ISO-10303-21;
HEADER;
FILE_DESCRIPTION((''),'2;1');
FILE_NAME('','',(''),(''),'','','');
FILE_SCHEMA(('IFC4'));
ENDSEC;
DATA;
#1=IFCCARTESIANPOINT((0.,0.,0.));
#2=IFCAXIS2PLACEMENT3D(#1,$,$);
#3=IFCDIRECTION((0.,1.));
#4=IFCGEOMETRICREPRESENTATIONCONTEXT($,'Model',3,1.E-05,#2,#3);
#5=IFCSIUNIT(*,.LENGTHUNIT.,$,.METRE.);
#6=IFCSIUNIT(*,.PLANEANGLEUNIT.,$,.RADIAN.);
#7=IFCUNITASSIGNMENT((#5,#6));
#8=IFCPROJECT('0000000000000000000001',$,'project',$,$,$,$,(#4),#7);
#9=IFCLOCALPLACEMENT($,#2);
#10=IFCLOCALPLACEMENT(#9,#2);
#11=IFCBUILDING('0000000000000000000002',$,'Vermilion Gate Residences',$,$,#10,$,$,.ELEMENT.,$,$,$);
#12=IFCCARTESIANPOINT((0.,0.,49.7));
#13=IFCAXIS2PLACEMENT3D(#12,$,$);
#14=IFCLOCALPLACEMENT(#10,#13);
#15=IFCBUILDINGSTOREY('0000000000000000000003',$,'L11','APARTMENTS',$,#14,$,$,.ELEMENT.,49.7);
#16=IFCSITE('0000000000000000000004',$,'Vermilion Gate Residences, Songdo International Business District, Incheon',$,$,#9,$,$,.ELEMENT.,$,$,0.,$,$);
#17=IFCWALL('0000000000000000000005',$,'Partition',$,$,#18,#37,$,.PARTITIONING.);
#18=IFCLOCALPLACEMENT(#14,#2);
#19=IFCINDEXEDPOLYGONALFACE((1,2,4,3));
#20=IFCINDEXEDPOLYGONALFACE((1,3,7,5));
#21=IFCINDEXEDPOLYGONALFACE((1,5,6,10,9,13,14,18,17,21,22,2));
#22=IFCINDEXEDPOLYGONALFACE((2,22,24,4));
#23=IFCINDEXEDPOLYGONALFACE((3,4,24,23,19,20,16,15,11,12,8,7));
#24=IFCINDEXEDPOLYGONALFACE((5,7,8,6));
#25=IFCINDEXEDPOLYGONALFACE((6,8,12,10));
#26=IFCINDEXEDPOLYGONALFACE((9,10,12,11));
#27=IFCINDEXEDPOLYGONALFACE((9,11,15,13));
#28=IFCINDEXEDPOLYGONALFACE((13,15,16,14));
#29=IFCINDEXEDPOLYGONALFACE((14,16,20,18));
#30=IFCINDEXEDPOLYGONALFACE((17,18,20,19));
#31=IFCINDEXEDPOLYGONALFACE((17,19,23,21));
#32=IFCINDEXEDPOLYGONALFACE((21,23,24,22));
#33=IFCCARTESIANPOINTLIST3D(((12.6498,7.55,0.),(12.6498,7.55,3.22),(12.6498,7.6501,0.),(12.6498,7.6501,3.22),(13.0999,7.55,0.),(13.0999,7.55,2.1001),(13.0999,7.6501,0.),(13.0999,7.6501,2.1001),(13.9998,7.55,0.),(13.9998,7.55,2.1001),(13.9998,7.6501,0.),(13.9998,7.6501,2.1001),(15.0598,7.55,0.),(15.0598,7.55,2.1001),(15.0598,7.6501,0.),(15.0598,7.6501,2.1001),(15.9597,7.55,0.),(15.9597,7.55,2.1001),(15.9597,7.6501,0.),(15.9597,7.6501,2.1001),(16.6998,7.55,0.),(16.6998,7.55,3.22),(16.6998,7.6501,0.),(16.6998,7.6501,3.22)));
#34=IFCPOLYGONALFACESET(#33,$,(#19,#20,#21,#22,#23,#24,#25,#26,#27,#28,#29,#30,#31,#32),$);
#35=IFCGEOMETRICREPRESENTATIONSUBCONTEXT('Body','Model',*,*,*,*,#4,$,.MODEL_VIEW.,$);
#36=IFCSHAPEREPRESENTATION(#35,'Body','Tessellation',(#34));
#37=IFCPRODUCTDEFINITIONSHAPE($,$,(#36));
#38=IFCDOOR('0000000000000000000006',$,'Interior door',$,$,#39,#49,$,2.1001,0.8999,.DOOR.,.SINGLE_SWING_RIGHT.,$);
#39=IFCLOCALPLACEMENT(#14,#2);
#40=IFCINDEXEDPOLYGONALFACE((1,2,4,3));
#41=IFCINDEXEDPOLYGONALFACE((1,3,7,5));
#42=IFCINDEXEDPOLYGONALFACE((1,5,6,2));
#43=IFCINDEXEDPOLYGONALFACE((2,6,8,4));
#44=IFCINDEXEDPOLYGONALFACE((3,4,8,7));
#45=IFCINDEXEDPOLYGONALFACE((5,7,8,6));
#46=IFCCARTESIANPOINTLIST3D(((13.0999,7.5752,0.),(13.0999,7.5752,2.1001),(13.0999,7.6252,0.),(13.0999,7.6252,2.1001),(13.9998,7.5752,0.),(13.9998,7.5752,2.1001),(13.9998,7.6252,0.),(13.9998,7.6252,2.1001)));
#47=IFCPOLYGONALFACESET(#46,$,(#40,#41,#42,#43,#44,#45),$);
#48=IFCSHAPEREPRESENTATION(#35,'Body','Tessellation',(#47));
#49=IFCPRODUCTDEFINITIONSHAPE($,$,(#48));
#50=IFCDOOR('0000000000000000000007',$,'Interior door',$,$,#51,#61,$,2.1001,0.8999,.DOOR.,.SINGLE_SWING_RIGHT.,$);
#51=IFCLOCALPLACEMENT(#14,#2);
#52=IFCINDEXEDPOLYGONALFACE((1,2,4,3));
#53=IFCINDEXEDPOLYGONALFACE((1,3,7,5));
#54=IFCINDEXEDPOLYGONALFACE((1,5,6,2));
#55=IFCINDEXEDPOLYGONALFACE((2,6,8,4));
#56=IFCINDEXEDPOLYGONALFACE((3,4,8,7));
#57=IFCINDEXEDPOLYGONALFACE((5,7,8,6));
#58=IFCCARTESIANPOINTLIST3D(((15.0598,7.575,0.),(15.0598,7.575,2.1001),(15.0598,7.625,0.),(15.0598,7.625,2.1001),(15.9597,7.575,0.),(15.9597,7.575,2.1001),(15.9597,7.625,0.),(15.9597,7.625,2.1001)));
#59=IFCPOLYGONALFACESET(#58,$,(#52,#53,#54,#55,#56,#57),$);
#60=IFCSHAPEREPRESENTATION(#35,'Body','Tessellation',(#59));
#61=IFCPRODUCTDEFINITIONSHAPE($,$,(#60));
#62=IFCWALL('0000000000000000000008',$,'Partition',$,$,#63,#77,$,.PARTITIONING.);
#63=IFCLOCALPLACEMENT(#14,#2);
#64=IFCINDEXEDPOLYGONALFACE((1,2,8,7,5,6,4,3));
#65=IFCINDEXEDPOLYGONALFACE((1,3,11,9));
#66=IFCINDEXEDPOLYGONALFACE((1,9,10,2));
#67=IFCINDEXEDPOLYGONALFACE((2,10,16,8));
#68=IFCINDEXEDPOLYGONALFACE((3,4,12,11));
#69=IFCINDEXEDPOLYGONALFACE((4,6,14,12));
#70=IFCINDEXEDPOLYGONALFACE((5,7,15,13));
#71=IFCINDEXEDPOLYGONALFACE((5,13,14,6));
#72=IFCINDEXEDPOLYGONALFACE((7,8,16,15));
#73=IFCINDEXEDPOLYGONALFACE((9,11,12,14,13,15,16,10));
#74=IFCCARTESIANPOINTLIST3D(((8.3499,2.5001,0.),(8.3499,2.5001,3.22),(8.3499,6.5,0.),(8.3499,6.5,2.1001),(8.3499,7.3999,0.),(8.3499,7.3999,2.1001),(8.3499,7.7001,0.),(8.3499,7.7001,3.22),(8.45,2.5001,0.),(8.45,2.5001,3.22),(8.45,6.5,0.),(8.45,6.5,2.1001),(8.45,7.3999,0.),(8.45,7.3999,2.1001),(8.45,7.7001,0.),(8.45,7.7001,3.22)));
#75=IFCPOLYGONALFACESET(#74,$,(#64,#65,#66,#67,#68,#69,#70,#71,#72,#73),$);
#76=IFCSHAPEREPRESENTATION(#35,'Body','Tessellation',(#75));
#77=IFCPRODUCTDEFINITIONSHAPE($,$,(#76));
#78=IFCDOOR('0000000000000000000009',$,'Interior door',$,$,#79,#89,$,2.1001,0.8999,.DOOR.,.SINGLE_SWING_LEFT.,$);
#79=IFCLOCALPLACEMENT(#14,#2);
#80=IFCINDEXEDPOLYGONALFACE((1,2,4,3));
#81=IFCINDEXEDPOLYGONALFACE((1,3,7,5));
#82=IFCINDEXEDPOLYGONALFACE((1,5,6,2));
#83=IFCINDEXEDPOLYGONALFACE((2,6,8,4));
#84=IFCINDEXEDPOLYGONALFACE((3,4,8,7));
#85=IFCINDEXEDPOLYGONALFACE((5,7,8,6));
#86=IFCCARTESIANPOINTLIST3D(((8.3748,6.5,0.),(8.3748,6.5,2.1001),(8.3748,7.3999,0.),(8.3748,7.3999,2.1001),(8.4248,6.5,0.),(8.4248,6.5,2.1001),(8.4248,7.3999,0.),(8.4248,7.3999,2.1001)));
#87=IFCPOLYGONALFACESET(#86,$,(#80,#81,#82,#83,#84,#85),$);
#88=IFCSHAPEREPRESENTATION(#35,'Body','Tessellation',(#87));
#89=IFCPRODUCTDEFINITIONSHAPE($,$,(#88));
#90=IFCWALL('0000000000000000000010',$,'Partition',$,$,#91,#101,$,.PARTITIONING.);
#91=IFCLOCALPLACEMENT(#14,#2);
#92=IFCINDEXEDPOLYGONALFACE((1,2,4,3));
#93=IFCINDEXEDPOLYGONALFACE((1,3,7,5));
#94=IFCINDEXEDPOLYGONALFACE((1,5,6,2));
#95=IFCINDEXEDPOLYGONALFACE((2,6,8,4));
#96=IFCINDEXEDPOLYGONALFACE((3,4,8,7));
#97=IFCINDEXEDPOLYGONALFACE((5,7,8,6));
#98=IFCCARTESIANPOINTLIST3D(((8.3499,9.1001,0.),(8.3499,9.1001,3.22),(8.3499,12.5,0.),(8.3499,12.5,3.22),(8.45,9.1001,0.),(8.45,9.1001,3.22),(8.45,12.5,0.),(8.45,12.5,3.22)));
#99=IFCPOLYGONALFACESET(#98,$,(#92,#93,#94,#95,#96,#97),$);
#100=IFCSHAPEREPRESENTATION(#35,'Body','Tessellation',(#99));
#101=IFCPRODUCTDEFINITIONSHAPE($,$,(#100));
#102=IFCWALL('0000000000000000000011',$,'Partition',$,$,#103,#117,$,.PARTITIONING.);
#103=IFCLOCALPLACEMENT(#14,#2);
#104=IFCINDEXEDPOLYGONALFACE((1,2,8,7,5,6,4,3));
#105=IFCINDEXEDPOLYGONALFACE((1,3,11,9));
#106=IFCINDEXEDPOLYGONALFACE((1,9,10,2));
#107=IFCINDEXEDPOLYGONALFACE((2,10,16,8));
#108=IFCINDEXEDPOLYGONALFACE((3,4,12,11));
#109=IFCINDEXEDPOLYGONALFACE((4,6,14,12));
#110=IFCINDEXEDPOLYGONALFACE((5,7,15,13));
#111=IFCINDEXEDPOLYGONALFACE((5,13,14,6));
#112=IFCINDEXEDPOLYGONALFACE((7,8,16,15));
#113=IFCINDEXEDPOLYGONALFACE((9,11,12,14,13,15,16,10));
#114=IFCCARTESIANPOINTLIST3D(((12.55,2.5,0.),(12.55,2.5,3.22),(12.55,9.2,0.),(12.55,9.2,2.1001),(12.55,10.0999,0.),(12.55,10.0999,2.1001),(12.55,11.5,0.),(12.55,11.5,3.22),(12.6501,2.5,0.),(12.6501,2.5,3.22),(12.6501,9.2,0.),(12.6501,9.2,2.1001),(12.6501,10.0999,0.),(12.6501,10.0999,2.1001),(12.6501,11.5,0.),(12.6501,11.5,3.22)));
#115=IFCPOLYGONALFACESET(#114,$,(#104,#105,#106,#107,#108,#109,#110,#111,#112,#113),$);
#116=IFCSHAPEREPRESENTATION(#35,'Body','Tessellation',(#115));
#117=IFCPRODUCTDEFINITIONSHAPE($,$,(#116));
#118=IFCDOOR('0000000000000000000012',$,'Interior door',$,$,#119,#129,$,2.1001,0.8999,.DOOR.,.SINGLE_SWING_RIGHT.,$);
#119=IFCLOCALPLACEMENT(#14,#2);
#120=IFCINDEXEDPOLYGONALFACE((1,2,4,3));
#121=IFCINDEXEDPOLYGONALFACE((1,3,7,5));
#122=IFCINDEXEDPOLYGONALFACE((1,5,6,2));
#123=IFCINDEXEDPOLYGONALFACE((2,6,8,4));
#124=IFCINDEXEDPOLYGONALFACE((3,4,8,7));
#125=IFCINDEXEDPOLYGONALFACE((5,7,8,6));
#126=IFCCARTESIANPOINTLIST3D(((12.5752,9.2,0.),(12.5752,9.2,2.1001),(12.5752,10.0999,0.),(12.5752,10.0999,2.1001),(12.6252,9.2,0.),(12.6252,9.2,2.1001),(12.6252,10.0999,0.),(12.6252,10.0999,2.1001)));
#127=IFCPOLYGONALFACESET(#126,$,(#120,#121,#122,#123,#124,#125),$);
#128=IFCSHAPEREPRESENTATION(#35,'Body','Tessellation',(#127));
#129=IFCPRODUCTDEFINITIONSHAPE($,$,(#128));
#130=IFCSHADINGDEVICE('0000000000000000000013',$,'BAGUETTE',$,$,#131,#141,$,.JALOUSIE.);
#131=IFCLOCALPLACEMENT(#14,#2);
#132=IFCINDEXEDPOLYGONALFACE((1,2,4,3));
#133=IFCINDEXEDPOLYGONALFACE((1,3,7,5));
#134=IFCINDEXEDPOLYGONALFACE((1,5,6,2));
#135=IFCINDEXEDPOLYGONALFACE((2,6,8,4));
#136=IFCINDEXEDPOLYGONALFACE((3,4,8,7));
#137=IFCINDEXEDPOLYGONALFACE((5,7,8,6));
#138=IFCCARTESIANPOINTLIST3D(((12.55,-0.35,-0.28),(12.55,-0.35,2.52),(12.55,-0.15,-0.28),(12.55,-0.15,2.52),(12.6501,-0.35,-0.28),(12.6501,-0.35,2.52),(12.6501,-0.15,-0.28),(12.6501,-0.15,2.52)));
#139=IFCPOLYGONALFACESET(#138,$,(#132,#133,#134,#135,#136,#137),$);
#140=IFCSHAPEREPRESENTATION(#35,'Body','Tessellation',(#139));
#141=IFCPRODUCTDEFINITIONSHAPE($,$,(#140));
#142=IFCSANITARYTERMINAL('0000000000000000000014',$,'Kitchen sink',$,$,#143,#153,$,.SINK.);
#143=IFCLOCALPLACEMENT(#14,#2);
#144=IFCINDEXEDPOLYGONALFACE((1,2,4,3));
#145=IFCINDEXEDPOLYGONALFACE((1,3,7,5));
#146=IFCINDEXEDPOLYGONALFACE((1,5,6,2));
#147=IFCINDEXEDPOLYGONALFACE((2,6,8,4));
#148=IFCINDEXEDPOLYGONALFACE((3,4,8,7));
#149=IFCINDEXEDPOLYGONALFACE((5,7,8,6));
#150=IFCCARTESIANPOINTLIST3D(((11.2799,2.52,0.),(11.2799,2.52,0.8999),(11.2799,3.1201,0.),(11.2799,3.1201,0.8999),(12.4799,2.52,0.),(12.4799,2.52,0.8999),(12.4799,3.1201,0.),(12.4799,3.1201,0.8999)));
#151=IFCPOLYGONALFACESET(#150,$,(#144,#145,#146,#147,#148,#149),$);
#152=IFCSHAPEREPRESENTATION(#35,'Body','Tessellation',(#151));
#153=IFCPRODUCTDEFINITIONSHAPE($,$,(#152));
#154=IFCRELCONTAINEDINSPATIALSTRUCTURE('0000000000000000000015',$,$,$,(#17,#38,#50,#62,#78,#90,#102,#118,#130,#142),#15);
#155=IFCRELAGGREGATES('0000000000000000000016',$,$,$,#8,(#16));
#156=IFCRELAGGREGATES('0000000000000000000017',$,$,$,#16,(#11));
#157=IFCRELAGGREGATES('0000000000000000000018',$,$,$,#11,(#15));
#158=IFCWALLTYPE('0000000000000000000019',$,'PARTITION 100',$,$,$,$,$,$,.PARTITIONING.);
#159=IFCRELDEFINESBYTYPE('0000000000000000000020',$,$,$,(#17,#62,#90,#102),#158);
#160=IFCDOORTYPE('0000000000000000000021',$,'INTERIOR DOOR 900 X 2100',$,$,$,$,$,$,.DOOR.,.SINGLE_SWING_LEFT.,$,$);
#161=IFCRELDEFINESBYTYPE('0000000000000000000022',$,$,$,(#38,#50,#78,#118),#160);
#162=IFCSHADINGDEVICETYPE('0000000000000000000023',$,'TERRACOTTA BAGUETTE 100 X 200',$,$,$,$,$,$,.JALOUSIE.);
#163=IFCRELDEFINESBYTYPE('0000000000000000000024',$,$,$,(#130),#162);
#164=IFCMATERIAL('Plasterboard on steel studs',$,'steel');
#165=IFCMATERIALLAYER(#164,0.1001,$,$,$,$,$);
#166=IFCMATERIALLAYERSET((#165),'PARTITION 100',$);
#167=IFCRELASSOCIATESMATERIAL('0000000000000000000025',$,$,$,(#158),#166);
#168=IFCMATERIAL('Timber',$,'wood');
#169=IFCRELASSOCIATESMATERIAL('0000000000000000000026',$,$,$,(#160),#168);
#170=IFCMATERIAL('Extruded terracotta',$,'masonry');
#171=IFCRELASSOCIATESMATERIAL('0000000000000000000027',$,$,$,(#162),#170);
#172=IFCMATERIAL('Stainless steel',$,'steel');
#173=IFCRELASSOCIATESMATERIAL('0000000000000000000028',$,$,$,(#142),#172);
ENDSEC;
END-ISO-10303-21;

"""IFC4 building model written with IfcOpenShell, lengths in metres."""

from ifc_helpers import new_model, si_unit, direction, frame, frame_2d, origin, origin_2d, place, context, subcontext, project, spatial, rectangle, extrude, material, layer, layer_set, material_profile, profile_set, type_object, element, fill, save


model = new_model("IFC4")

# Units and contexts
model_context = context("Model", 3, precision=1e-05, world=origin(), true_north=direction((0.0, 1.0)))
body_context = subcontext(model_context, "Body", "Model", "MODEL_VIEW")
ifc_project = project(units=[si_unit("LENGTHUNIT", "METRE"), si_unit("PLANEANGLEUNIT", "RADIAN")], contexts=[model_context])

# Site, building, storey
site_placement = place(None, origin())
site = spatial("IfcSite", under=ifc_project, at=site_placement, Name="Vermilion Gate Residences, Songdo International Business District, Incheon", CompositionType="ELEMENT", RefElevation=0.0)
building_placement = place(site_placement, origin())
building = spatial("IfcBuilding", under=site, at=building_placement, Name="Vermilion Gate Residences", CompositionType="ELEMENT")
storey_placement = place(building_placement, frame((0.0, 0.0, 49.7)))
storey = spatial("IfcBuildingStorey", under=building, at=storey_placement, Name="L11", Description="APARTMENTS", CompositionType="ELEMENT", Elevation=49.7)

# Wall, openings, doors
ifc_material_1 = material(Name="Plasterboard on steel studs", Category="steel")
ifc_layer_1 = layer(ifc_material_1, 0.1001)
ifc_layer_set_1 = layer_set([ifc_layer_1], Name="PARTITION 100")
wall_type_1 = type_object("IfcWallType", Name="PARTITION 100", PredefinedType="PARTITIONING", material=ifc_layer_set_1)
ifc_material_2 = material(Name="Timber", Category="wood")
door_type = type_object("IfcDoorType", Name="INTERIOR DOOR 900 X 2100", OperationType="SINGLE_SWING_LEFT", PredefinedType="DOOR", material=ifc_material_2)
wall_1_placement = place(storey_placement, frame((12.6499, 7.6001, 0.0), z_axis=(0.0, 0.0, 1.0), x_axis=(1.0, 0.0, 0.0)))
wall_1 = element("IfcWall", 1, at=wall_1_placement, inside=storey, type_object=wall_type_1, Name="Partition", PredefinedType="PARTITIONING", context=body_context, shape_type="SweptSolid", body=[
    extrude(rectangle(XDim=4.05, YDim=0.1001, at=frame_2d((2.0249, 0.0))), origin(), (0.0, 0.0, 1.0), 3.22),
])
opening_1_placement = place(wall_1_placement, frame((0.45, 0.0, 0.0)))
opening_1 = element("IfcOpeningElement", 2, at=opening_1_placement, cuts=wall_1, PredefinedType="OPENING", context=body_context, shape_type="SweptSolid", body=[
    extrude(rectangle(XDim=0.8999, YDim=2.1001, at=frame_2d((0.45, 1.05))), frame((0.0, 0.0601, 0.0), z_axis=(0.0, -1.0, 0.0), x_axis=(1.0, 0.0, 0.0)), (0.0, 0.0, 1.0), 0.1201),
])
opening_2_placement = place(wall_1_placement, frame((2.4099, 0.0, 0.0)))
opening_2 = element("IfcOpeningElement", 3, at=opening_2_placement, cuts=wall_1, PredefinedType="OPENING", context=body_context, shape_type="SweptSolid", body=[
    extrude(rectangle(XDim=0.8999, YDim=2.1001, at=frame_2d((0.45, 1.05))), frame((0.0, 0.0601, 0.0), z_axis=(0.0, -1.0, 0.0), x_axis=(1.0, 0.0, 0.0)), (0.0, 0.0, 1.0), 0.1201),
])
door_1_placement = place(opening_1_placement, frame((0.8999, 0.0, 0.0), z_axis=(0.0, 0.0, 1.0), x_axis=(-1.0, 0.0, 0.0)))
door_1 = element("IfcDoor", 4, at=door_1_placement, inside=storey, type_object=door_type, Name="Interior door", OperationType="SINGLE_SWING_RIGHT", OverallHeight=2.1001, OverallWidth=0.8999, PredefinedType="DOOR", context=body_context, shape_type="SweptSolid", body=[
    extrude(rectangle(XDim=0.8999, YDim=2.1001, at=frame_2d((0.45, 1.05))), frame((0.0, 0.0249, 0.0), z_axis=(0.0, -1.0, 0.0), x_axis=(1.0, 0.0, 0.0)), (0.0, 0.0, 1.0), 0.05),
])
fill(opening_1, door_1)
door_2_placement = place(opening_2_placement, origin())
door_2 = element("IfcDoor", 5, at=door_2_placement, inside=storey, type_object=door_type, Name="Interior door", OperationType="SINGLE_SWING_RIGHT", OverallHeight=2.1001, OverallWidth=0.8999, PredefinedType="DOOR", context=body_context, shape_type="SweptSolid", body=[
    extrude(rectangle(XDim=0.8999, YDim=2.1001, at=frame_2d((0.45, 1.05))), frame((0.0, 0.0249, 0.0), z_axis=(0.0, -1.0, 0.0), x_axis=(1.0, 0.0, 0.0)), (0.0, 0.0, 1.0), 0.05),
])
fill(opening_2, door_2)

# Wall, opening, door
wall_2_placement = place(storey_placement, frame((8.3999, 2.5, 0.0), z_axis=(0.0, 0.0, 1.0), x_axis=(0.0, 1.0, 0.0)))
wall_2 = element("IfcWall", 6, at=wall_2_placement, inside=storey, type_object=wall_type_1, Name="Partition", PredefinedType="PARTITIONING", context=body_context, shape_type="SweptSolid", body=[
    extrude(rectangle(XDim=5.2, YDim=0.1001, at=frame_2d((2.6001, 0.0))), origin(), (0.0, 0.0, 1.0), 3.22),
])
opening_3_placement = place(wall_2_placement, frame((4.0, 0.0, 0.0)))
opening_3 = element("IfcOpeningElement", 7, at=opening_3_placement, cuts=wall_2, PredefinedType="OPENING", context=body_context, shape_type="SweptSolid", body=[
    extrude(rectangle(XDim=0.8999, YDim=2.1001, at=frame_2d((0.45, 1.05))), frame((0.0, 0.0601, 0.0), z_axis=(0.0, -1.0, 0.0), x_axis=(1.0, 0.0, 0.0)), (0.0, 0.0, 1.0), 0.1201),
])
door_3_placement = place(opening_3_placement, frame((0.8999, 0.0, 0.0), z_axis=(0.0, 0.0, 1.0), x_axis=(-1.0, 0.0, 0.0)))
door_3 = element("IfcDoor", 8, at=door_3_placement, inside=storey, type_object=door_type, Name="Interior door", OperationType="SINGLE_SWING_LEFT", OverallHeight=2.1001, OverallWidth=0.8999, PredefinedType="DOOR", context=body_context, shape_type="SweptSolid", body=[
    extrude(rectangle(XDim=0.8999, YDim=2.1001, at=frame_2d((0.45, 1.05))), frame((0.0, 0.0249, 0.0), z_axis=(0.0, -1.0, 0.0), x_axis=(1.0, 0.0, 0.0)), (0.0, 0.0, 1.0), 0.05),
])
fill(opening_3, door_3)

# Wall
wall_3_placement = place(storey_placement, frame((8.3999, 9.1001, 0.0), z_axis=(0.0, 0.0, 1.0), x_axis=(0.0, 1.0, 0.0)))
element("IfcWall", 9, at=wall_3_placement, inside=storey, type_object=wall_type_1, Name="Partition", PredefinedType="PARTITIONING", context=body_context, shape_type="SweptSolid", body=[
    extrude(rectangle(XDim=3.3999, YDim=0.1001, at=frame_2d((1.7, 0.0))), origin(), (0.0, 0.0, 1.0), 3.22),
])

# Wall, opening, door
wall_4_placement = place(storey_placement, frame((12.6001, 2.5, 0.0), z_axis=(0.0, 0.0, 1.0), x_axis=(0.0, 1.0, 0.0)))
wall_4 = element("IfcWall", 10, at=wall_4_placement, inside=storey, type_object=wall_type_1, Name="Partition", PredefinedType="PARTITIONING", context=body_context, shape_type="SweptSolid", body=[
    extrude(rectangle(XDim=9.0, YDim=0.1001, at=frame_2d((4.5, 0.0))), origin(), (0.0, 0.0, 1.0), 3.22),
])
opening_4_placement = place(wall_4_placement, frame((6.7, 0.0, 0.0)))
opening_4 = element("IfcOpeningElement", 11, at=opening_4_placement, cuts=wall_4, PredefinedType="OPENING", context=body_context, shape_type="SweptSolid", body=[
    extrude(rectangle(XDim=0.8999, YDim=2.1001, at=frame_2d((0.45, 1.05))), frame((0.0, 0.0601, 0.0), z_axis=(0.0, -1.0, 0.0), x_axis=(1.0, 0.0, 0.0)), (0.0, 0.0, 1.0), 0.1201),
])
door_4_placement = place(opening_4_placement, origin())
door_4 = element("IfcDoor", 12, at=door_4_placement, inside=storey, type_object=door_type, Name="Interior door", OperationType="SINGLE_SWING_RIGHT", OverallHeight=2.1001, OverallWidth=0.8999, PredefinedType="DOOR", context=body_context, shape_type="SweptSolid", body=[
    extrude(rectangle(XDim=0.8999, YDim=2.1001, at=frame_2d((0.45, 1.05))), frame((0.0, 0.0249, 0.0), z_axis=(0.0, -1.0, 0.0), x_axis=(1.0, 0.0, 0.0)), (0.0, 0.0, 1.0), 0.05),
])
fill(opening_4, door_4)

# Shading device
ifc_material_3 = material(Name="Extruded terracotta", Category="masonry")
ifc_material_profile_1 = material_profile(ifc_material_3, rectangle(XDim=0.2, YDim=0.1001, at=origin_2d()), Name="BAGUETTE 100 X 200")
ifc_profile_set_1 = profile_set([ifc_material_profile_1], Name="Extruded terracotta")
shading_device_type = type_object("IfcShadingDeviceType", Name="TERRACOTTA BAGUETTE 100 X 200", PredefinedType="JALOUSIE", material=ifc_profile_set_1)
shading_device_placement = place(storey_placement, frame((12.6001, -0.25, -0.28), z_axis=(0.0, 0.0, 1.0), x_axis=(0.0, 1.0, 0.0)))
element("IfcShadingDevice", 13, at=shading_device_placement, inside=storey, type_object=shading_device_type, Name="BAGUETTE", PredefinedType="JALOUSIE", context=body_context, shape_type="SweptSolid", body=[
    extrude(rectangle(XDim=0.2, YDim=0.1001, at=origin_2d()), origin(), (0.0, 0.0, 1.0), 2.8),
])

# Sanitary terminal
ifc_material_4 = material(Name="Stainless steel", Category="steel")
sanitary_terminal_placement = place(storey_placement, frame((11.8799, 2.8201, 0.0), z_axis=(0.0, 0.0, 1.0), x_axis=(1.0, 0.0, 0.0)))
element("IfcSanitaryTerminal", 14, at=sanitary_terminal_placement, inside=storey, material=ifc_material_4, Name="Kitchen sink", PredefinedType="SINK", context=body_context, shape_type="SweptSolid", body=[
    extrude(rectangle(XDim=1.2, YDim=0.6001, at=origin_2d()), origin(), (0.0, 0.0, 1.0), 0.8999),
])

save(model, "model.ifc")
